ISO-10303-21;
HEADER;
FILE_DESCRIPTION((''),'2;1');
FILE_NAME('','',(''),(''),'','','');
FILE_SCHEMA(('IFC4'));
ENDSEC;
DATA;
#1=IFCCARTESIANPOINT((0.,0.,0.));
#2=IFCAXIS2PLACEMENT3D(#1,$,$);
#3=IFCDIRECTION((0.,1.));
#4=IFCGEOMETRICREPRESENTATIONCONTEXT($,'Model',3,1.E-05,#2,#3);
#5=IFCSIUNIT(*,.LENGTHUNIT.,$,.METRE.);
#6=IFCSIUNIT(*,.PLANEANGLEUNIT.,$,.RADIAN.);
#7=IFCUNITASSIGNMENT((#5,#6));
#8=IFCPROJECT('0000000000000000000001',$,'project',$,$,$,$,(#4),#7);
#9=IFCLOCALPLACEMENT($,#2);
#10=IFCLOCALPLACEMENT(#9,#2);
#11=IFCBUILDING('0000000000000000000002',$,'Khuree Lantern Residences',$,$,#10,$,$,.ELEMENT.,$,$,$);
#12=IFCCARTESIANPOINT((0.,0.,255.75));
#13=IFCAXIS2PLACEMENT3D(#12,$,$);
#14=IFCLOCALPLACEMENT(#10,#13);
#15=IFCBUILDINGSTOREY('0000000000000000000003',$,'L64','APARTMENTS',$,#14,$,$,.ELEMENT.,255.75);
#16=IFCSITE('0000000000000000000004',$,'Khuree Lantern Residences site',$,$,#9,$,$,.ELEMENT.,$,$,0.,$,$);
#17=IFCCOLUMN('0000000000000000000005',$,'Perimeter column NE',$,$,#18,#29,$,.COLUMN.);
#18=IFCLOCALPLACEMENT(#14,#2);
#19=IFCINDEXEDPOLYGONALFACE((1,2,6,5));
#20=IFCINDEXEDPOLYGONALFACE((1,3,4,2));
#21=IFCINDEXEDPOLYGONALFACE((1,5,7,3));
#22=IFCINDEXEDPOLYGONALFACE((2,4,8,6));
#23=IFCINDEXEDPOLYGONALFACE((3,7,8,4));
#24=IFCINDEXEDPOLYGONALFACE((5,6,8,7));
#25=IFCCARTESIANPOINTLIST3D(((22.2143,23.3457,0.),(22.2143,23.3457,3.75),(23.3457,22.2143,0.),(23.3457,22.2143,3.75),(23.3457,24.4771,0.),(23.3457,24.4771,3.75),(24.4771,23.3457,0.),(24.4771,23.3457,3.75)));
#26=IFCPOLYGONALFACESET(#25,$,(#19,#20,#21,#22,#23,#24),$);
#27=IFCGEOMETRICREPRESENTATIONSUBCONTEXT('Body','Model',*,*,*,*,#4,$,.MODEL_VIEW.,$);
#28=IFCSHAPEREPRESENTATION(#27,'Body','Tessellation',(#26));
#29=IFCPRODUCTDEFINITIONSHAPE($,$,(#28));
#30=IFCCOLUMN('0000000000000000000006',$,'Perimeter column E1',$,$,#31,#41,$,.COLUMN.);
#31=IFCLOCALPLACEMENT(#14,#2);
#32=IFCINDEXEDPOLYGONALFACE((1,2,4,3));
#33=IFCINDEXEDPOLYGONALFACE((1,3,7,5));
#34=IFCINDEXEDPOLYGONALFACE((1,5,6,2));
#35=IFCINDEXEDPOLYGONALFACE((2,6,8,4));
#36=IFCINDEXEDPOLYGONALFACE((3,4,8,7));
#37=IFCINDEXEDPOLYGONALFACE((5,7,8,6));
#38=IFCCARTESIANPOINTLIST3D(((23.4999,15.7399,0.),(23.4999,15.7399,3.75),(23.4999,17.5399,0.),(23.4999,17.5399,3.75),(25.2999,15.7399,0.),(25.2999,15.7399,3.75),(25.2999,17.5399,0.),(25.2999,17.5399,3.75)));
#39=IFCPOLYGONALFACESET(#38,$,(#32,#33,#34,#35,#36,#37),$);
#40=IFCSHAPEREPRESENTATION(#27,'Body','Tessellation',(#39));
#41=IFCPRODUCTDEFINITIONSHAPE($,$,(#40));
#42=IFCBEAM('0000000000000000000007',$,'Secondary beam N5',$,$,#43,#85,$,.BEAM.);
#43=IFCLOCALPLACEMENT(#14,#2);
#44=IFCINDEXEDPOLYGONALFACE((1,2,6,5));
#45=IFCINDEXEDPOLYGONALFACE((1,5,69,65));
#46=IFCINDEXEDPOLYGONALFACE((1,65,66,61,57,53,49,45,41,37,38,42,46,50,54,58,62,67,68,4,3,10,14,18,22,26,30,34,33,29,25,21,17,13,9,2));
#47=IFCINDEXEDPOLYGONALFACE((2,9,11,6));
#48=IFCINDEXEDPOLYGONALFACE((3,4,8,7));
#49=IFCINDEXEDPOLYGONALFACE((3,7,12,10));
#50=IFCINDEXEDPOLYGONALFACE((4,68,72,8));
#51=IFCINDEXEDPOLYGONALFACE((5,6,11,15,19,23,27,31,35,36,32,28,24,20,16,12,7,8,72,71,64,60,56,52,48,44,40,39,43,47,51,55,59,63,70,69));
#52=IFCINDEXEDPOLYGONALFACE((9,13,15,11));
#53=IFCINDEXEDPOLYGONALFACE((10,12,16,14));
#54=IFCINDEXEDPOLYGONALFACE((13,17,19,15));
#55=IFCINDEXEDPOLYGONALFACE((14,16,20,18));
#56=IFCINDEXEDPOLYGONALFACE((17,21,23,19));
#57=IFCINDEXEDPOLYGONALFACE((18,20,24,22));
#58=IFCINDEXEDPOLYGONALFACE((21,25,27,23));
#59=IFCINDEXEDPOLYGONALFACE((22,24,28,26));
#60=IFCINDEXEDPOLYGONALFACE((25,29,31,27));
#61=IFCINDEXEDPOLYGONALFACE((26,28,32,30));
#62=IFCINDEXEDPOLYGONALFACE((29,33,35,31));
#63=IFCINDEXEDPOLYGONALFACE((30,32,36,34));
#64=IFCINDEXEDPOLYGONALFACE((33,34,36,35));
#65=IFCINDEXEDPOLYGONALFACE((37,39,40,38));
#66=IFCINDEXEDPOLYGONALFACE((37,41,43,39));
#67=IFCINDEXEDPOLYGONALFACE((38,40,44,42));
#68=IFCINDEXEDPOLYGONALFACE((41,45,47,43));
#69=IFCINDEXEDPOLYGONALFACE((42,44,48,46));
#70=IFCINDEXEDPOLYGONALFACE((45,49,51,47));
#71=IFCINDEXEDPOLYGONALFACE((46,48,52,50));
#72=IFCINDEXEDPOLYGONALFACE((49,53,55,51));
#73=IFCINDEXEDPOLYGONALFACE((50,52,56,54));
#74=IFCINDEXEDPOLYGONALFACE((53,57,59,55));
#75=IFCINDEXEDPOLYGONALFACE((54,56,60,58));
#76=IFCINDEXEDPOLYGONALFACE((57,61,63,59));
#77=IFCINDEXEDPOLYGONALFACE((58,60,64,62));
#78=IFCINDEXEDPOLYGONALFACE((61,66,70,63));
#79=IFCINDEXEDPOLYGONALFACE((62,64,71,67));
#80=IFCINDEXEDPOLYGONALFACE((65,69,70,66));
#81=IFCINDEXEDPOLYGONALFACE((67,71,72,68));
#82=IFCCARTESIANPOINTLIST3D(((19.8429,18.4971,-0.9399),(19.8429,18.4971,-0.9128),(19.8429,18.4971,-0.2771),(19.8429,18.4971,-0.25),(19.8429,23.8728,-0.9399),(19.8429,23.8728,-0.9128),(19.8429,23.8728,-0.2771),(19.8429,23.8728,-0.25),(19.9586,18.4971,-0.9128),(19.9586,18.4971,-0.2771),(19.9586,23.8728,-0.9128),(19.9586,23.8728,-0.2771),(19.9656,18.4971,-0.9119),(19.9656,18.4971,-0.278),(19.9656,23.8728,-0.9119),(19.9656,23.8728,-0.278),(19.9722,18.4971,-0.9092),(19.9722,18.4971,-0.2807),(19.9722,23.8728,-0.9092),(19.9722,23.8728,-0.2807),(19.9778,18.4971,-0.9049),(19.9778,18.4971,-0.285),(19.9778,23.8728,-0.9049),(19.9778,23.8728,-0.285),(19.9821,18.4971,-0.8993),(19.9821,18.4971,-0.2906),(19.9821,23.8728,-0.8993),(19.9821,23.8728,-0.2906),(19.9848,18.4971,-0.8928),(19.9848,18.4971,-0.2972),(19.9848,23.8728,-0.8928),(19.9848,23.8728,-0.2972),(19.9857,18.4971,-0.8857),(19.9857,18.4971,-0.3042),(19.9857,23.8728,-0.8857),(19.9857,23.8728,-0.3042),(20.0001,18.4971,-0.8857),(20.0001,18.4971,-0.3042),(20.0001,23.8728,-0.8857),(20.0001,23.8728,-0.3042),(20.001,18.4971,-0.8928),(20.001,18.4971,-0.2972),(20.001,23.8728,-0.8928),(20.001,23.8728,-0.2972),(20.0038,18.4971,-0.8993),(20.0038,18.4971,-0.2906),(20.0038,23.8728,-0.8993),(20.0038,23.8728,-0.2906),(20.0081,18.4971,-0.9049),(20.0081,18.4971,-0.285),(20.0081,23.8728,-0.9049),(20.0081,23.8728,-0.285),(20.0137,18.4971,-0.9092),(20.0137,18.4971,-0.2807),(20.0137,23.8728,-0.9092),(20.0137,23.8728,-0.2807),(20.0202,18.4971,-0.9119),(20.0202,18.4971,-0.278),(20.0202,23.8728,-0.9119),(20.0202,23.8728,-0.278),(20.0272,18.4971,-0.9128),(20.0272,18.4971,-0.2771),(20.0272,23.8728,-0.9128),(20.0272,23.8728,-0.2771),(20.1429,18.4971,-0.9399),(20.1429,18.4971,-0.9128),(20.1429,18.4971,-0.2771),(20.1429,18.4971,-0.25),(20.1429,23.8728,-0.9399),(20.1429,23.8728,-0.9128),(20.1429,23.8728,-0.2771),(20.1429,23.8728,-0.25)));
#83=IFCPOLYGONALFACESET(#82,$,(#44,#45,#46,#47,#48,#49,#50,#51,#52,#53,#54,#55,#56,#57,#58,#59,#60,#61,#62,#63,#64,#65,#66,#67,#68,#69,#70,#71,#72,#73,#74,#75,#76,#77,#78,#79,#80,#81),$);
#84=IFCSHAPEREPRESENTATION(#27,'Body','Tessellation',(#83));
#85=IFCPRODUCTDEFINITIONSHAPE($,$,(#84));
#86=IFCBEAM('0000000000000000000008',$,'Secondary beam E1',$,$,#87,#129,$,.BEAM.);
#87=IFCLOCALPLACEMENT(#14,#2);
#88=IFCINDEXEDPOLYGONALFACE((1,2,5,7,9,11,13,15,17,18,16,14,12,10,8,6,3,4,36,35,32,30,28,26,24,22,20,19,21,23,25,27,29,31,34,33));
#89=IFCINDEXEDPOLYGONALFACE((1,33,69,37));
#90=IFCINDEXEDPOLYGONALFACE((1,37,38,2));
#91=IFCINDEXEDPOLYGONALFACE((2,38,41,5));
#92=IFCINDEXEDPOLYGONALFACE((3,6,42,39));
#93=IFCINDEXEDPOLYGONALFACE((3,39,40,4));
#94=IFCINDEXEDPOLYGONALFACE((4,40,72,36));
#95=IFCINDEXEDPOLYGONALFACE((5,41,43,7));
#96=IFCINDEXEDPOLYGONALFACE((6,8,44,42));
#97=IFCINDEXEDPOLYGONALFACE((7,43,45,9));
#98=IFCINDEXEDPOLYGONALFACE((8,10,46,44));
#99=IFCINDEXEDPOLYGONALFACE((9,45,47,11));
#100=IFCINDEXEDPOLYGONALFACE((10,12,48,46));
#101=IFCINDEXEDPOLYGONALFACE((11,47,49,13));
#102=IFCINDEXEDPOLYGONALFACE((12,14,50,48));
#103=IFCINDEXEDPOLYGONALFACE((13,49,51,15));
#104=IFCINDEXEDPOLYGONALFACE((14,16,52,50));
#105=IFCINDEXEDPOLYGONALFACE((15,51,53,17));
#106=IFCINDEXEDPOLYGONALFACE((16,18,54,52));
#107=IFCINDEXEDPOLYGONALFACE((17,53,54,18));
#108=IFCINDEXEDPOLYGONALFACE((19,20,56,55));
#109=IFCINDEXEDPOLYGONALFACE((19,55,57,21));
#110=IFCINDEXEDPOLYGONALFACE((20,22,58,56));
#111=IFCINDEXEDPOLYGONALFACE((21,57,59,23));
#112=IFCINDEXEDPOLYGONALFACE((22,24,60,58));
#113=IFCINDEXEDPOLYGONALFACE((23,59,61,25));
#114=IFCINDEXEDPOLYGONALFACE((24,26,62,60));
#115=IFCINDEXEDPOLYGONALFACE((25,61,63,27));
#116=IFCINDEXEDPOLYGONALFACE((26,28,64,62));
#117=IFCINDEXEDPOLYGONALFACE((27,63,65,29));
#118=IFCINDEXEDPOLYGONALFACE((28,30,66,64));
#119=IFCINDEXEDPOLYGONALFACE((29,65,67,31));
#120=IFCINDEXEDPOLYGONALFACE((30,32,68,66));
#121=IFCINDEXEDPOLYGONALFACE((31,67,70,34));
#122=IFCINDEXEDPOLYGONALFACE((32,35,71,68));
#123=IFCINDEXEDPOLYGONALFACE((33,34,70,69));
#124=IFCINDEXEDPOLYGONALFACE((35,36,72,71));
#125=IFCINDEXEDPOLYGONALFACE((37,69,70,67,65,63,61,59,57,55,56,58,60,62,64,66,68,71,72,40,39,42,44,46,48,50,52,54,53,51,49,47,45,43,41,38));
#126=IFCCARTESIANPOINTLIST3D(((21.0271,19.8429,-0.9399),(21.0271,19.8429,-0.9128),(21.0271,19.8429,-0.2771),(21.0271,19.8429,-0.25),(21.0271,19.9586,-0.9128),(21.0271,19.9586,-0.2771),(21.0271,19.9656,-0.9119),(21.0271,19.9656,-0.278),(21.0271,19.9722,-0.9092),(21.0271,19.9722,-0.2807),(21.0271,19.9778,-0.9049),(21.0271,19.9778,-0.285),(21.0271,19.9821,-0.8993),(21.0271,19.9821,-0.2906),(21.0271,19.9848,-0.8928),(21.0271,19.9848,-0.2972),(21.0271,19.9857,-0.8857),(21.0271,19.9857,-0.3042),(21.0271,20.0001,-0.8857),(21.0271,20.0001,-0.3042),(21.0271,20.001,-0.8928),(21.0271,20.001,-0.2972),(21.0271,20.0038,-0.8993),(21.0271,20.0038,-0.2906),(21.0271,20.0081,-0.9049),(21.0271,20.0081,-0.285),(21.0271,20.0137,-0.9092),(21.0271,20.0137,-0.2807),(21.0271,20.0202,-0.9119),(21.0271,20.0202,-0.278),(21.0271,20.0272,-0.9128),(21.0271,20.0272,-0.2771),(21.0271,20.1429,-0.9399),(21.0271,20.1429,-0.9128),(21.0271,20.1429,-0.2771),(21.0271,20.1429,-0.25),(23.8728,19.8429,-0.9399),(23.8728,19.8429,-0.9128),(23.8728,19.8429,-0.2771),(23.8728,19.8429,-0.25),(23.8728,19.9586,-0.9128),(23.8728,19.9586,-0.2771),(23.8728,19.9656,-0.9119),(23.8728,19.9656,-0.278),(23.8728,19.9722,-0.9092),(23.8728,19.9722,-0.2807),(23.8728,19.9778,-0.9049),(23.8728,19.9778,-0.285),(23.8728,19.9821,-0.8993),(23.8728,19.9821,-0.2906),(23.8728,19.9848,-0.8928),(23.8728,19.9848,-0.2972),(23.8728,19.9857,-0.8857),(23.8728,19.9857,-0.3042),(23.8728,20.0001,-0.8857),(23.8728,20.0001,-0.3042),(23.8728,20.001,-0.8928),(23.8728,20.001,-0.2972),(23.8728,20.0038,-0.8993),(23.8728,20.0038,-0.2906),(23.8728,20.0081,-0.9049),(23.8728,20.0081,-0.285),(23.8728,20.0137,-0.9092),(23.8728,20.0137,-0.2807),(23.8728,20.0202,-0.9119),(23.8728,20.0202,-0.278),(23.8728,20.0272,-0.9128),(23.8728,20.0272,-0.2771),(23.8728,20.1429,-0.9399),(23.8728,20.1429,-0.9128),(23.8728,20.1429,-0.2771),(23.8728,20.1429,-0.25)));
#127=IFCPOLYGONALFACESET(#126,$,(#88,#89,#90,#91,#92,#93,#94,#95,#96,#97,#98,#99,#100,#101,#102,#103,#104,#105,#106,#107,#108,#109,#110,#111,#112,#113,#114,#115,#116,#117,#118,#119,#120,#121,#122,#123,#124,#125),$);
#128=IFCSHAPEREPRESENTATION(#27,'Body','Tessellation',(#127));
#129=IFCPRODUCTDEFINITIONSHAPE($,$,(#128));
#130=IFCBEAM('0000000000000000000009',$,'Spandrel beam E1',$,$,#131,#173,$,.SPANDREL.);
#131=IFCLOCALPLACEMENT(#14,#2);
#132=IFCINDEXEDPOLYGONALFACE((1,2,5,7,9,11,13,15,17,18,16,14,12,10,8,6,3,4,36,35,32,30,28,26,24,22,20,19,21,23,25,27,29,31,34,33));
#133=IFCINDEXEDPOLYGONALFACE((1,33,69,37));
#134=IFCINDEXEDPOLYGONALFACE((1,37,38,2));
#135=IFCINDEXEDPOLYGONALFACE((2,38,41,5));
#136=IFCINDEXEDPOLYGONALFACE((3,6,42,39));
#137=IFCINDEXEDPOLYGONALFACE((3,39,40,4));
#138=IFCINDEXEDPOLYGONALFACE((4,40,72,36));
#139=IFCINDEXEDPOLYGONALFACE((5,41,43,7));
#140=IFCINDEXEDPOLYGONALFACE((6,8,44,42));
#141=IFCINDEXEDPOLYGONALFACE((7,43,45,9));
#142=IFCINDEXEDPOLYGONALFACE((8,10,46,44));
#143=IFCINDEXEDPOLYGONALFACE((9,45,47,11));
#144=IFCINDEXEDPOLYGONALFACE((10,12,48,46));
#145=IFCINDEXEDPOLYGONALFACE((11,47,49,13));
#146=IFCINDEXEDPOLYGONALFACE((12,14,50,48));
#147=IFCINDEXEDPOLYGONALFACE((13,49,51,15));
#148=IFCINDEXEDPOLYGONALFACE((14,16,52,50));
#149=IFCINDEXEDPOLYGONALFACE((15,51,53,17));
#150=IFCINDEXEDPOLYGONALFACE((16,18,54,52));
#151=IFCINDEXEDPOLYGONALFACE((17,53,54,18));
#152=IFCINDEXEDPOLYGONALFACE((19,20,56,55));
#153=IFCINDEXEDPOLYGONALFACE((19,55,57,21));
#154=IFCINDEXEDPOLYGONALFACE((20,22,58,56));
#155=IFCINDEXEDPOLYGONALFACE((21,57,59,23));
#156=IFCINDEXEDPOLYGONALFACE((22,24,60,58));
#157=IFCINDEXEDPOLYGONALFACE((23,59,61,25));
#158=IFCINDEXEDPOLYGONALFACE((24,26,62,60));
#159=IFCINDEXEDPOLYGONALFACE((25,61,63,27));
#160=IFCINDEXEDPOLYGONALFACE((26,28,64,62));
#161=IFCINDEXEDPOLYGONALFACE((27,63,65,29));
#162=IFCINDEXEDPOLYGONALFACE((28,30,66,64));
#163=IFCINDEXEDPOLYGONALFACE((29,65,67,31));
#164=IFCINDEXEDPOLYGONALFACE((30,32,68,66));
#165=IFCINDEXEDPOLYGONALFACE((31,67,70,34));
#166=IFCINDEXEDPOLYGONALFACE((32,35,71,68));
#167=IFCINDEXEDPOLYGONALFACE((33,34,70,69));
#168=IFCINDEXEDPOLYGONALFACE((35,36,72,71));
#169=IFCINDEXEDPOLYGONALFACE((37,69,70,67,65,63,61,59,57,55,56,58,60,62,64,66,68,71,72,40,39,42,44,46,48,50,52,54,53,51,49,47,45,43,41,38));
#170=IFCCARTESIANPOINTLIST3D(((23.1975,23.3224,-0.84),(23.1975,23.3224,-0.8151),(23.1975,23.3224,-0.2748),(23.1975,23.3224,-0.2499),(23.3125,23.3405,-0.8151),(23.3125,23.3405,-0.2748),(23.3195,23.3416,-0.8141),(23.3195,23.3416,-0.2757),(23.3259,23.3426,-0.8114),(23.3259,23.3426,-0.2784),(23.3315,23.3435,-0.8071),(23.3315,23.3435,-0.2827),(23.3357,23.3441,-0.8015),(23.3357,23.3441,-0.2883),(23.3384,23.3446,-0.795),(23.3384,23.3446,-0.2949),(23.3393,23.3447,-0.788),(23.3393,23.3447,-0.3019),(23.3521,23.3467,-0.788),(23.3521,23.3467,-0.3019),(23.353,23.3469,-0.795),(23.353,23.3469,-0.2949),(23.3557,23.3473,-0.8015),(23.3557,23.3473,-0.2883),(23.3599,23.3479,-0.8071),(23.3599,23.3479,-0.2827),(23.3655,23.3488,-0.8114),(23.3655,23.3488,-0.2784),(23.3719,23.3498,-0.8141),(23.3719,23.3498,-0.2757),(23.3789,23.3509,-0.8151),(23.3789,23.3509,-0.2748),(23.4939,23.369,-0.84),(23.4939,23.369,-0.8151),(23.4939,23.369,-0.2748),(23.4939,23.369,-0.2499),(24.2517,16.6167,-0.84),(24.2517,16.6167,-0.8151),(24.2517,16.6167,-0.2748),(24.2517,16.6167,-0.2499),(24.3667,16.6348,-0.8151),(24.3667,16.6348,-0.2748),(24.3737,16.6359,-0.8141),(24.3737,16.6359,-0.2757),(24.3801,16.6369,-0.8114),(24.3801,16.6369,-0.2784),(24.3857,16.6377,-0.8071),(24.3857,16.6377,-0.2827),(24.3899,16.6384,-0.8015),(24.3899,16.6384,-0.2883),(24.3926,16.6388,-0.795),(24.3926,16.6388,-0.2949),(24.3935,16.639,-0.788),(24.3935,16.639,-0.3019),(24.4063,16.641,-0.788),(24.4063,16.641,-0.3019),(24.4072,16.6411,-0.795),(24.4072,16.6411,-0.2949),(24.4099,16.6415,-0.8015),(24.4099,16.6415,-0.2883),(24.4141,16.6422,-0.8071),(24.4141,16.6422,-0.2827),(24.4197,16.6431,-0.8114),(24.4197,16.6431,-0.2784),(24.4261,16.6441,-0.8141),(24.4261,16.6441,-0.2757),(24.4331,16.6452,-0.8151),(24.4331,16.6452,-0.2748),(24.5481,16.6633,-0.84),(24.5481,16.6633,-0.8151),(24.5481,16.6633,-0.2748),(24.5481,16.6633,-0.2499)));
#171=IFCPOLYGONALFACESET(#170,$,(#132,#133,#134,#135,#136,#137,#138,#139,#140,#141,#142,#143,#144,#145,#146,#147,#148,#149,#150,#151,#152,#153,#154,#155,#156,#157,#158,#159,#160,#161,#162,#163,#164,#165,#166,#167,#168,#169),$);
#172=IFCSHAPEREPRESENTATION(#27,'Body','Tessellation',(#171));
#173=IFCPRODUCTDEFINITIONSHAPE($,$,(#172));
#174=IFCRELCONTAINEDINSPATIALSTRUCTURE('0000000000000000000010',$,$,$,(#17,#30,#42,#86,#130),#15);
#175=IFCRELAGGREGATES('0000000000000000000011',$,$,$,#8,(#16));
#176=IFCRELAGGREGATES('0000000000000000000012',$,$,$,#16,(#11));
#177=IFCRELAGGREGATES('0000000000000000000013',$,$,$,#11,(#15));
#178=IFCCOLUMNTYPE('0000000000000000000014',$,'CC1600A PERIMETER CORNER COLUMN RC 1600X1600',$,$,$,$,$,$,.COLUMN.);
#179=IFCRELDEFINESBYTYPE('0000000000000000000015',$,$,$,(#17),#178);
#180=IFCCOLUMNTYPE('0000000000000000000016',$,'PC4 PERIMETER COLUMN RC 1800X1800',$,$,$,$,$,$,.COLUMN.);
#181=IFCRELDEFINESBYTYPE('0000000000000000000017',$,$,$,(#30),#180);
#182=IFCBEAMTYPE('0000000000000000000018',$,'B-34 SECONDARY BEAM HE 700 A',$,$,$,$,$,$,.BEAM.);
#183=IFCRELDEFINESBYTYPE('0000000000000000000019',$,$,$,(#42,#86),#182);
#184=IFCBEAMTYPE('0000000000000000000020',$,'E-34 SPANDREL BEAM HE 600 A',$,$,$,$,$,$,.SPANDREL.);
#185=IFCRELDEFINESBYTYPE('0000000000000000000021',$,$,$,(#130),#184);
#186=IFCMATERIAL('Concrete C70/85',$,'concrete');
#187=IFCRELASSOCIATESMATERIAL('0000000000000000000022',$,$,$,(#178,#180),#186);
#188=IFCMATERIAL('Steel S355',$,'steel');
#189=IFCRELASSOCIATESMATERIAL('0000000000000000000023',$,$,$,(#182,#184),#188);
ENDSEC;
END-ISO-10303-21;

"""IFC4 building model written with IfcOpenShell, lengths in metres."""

from ifc_helpers import new_model, si_unit, direction, frame, origin, origin_2d, place, context, subcontext, project, spatial, rectangle, i_section, extrude, material, material_profile, profile_set, type_object, element, save


model = new_model("IFC4")

# Units and contexts
model_context = context("Model", 3, precision=1e-05, world=origin(), true_north=direction((0.0, 1.0)))
body_context = subcontext(model_context, "Body", "Model", "MODEL_VIEW")
ifc_project = project(units=[si_unit("LENGTHUNIT", "METRE"), si_unit("PLANEANGLEUNIT", "RADIAN")], contexts=[model_context])

# Site, building, storey
site_placement = place(None, origin())
site = spatial("IfcSite", under=ifc_project, at=site_placement, Name="Khuree Lantern Residences site", CompositionType="ELEMENT", RefElevation=0.0)
building_placement = place(site_placement, origin())
building = spatial("IfcBuilding", under=site, at=building_placement, Name="Khuree Lantern Residences", CompositionType="ELEMENT")
storey_placement = place(building_placement, frame((0.0, 0.0, 255.75)))
storey = spatial("IfcBuildingStorey", under=building, at=storey_placement, Name="L64", Description="APARTMENTS", CompositionType="ELEMENT", Elevation=255.75)

# Columns
ifc_material_1 = material(Name="Concrete C70/85", Category="concrete")
ifc_material_profile_1 = material_profile(ifc_material_1, rectangle(XDim=1.6001, YDim=1.6001, at=origin_2d()), Name="RC 1600X1600")
ifc_profile_set_1 = profile_set([ifc_material_profile_1], Name="Concrete C70/85")
column_type_1 = type_object("IfcColumnType", Name="CC1600A PERIMETER CORNER COLUMN RC 1600X1600", PredefinedType="COLUMN", material=ifc_profile_set_1)
column_1_placement = place(storey_placement, frame((23.3457, 23.3457, 0.0), z_axis=(0.0, 0.0, 1.0), x_axis=(0.707107, -0.707107, 0.0)))
element("IfcColumn", 1, at=column_1_placement, inside=storey, type_object=column_type_1, Name="Perimeter column NE", PredefinedType="COLUMN", context=body_context, shape_type="SweptSolid", body=[
    extrude(rectangle(XDim=1.6001, YDim=1.6001, at=origin_2d()), origin(), (0.0, 0.0, 1.0), 3.75),
])
ifc_material_profile_2 = material_profile(ifc_material_1, rectangle(XDim=1.8, YDim=1.8, at=origin_2d()), Name="RC 1800X1800")
ifc_profile_set_2 = profile_set([ifc_material_profile_2], Name="Concrete C70/85")
column_type_2 = type_object("IfcColumnType", Name="PC4 PERIMETER COLUMN RC 1800X1800", PredefinedType="COLUMN", material=ifc_profile_set_2)
column_2_placement = place(storey_placement, frame((24.3999, 16.6399, 0.0), z_axis=(0.0, 0.0, 1.0), x_axis=(0.0, 1.0, 0.0)))
element("IfcColumn", 2, at=column_2_placement, inside=storey, type_object=column_type_2, Name="Perimeter column E1", PredefinedType="COLUMN", context=body_context, shape_type="SweptSolid", body=[
    extrude(rectangle(XDim=1.8, YDim=1.8, at=origin_2d()), origin(), (0.0, 0.0, 1.0), 3.75),
])

# Beams
ifc_material_2 = material(Name="Steel S355", Category="steel")
ifc_material_profile_3 = material_profile(ifc_material_2, i_section(OverallWidth=0.3, OverallDepth=0.6899, WebThickness=0.0144, FlangeThickness=0.0271, FilletRadius=0.0271, at=origin_2d()), Name="HE 700 A")
ifc_profile_set_3 = profile_set([ifc_material_profile_3], Name="Steel S355")
beam_type_1 = type_object("IfcBeamType", Name="B-34 SECONDARY BEAM HE 700 A", PredefinedType="BEAM", material=ifc_profile_set_3)
beam_1_placement = place(storey_placement, frame((19.9929, 23.8728, -0.595), z_axis=(0.0, -1.0, 0.0), x_axis=(1.0, 0.0, 0.0)))
element("IfcBeam", 3, at=beam_1_placement, inside=storey, type_object=beam_type_1, Name="Secondary beam N5", PredefinedType="BEAM", context=body_context, shape_type="SweptSolid", body=[
    extrude(i_section(OverallWidth=0.3, OverallDepth=0.6899, WebThickness=0.0144, FlangeThickness=0.0271, FilletRadius=0.0271, at=origin_2d()), origin(), (0.0, 0.0, 1.0), 5.3757),
])
beam_2_placement = place(storey_placement, frame((23.8728, 19.9929, -0.595), z_axis=(-1.0, 0.0, 0.0), x_axis=(0.0, -1.0, 0.0)))
element("IfcBeam", 4, at=beam_2_placement, inside=storey, type_object=beam_type_1, Name="Secondary beam E1", PredefinedType="BEAM", context=body_context, shape_type="SweptSolid", body=[
    extrude(i_section(OverallWidth=0.3, OverallDepth=0.6899, WebThickness=0.0144, FlangeThickness=0.0271, FilletRadius=0.0271, at=origin_2d()), origin(), (0.0, 0.0, 1.0), 2.8457),
])
ifc_material_profile_4 = material_profile(ifc_material_2, i_section(OverallWidth=0.3, OverallDepth=0.5901, WebThickness=0.0129, FlangeThickness=0.0249, FilletRadius=0.0271, at=origin_2d()), Name="HE 600 A")
ifc_profile_set_4 = profile_set([ifc_material_profile_4], Name="Steel S355")
beam_type_2 = type_object("IfcBeamType", Name="E-34 SPANDREL BEAM HE 600 A", PredefinedType="SPANDREL", material=ifc_profile_set_4)
beam_3_placement = place(storey_placement, frame((23.3457, 23.3457, -0.5449), z_axis=(0.1553, -0.987867, 0.0), x_axis=(0.987867, 0.1553, 0.0)))
element("IfcBeam", 5, at=beam_3_placement, inside=storey, type_object=beam_type_2, Name="Spandrel beam E1", PredefinedType="SPANDREL", context=body_context, shape_type="SweptSolid", body=[
    extrude(i_section(OverallWidth=0.3, OverallDepth=0.5901, WebThickness=0.0129, FlangeThickness=0.0249, FilletRadius=0.0271, at=origin_2d()), origin(), (0.0, 0.0, 1.0), 6.7881),
])

save(model, "model.ifc")
